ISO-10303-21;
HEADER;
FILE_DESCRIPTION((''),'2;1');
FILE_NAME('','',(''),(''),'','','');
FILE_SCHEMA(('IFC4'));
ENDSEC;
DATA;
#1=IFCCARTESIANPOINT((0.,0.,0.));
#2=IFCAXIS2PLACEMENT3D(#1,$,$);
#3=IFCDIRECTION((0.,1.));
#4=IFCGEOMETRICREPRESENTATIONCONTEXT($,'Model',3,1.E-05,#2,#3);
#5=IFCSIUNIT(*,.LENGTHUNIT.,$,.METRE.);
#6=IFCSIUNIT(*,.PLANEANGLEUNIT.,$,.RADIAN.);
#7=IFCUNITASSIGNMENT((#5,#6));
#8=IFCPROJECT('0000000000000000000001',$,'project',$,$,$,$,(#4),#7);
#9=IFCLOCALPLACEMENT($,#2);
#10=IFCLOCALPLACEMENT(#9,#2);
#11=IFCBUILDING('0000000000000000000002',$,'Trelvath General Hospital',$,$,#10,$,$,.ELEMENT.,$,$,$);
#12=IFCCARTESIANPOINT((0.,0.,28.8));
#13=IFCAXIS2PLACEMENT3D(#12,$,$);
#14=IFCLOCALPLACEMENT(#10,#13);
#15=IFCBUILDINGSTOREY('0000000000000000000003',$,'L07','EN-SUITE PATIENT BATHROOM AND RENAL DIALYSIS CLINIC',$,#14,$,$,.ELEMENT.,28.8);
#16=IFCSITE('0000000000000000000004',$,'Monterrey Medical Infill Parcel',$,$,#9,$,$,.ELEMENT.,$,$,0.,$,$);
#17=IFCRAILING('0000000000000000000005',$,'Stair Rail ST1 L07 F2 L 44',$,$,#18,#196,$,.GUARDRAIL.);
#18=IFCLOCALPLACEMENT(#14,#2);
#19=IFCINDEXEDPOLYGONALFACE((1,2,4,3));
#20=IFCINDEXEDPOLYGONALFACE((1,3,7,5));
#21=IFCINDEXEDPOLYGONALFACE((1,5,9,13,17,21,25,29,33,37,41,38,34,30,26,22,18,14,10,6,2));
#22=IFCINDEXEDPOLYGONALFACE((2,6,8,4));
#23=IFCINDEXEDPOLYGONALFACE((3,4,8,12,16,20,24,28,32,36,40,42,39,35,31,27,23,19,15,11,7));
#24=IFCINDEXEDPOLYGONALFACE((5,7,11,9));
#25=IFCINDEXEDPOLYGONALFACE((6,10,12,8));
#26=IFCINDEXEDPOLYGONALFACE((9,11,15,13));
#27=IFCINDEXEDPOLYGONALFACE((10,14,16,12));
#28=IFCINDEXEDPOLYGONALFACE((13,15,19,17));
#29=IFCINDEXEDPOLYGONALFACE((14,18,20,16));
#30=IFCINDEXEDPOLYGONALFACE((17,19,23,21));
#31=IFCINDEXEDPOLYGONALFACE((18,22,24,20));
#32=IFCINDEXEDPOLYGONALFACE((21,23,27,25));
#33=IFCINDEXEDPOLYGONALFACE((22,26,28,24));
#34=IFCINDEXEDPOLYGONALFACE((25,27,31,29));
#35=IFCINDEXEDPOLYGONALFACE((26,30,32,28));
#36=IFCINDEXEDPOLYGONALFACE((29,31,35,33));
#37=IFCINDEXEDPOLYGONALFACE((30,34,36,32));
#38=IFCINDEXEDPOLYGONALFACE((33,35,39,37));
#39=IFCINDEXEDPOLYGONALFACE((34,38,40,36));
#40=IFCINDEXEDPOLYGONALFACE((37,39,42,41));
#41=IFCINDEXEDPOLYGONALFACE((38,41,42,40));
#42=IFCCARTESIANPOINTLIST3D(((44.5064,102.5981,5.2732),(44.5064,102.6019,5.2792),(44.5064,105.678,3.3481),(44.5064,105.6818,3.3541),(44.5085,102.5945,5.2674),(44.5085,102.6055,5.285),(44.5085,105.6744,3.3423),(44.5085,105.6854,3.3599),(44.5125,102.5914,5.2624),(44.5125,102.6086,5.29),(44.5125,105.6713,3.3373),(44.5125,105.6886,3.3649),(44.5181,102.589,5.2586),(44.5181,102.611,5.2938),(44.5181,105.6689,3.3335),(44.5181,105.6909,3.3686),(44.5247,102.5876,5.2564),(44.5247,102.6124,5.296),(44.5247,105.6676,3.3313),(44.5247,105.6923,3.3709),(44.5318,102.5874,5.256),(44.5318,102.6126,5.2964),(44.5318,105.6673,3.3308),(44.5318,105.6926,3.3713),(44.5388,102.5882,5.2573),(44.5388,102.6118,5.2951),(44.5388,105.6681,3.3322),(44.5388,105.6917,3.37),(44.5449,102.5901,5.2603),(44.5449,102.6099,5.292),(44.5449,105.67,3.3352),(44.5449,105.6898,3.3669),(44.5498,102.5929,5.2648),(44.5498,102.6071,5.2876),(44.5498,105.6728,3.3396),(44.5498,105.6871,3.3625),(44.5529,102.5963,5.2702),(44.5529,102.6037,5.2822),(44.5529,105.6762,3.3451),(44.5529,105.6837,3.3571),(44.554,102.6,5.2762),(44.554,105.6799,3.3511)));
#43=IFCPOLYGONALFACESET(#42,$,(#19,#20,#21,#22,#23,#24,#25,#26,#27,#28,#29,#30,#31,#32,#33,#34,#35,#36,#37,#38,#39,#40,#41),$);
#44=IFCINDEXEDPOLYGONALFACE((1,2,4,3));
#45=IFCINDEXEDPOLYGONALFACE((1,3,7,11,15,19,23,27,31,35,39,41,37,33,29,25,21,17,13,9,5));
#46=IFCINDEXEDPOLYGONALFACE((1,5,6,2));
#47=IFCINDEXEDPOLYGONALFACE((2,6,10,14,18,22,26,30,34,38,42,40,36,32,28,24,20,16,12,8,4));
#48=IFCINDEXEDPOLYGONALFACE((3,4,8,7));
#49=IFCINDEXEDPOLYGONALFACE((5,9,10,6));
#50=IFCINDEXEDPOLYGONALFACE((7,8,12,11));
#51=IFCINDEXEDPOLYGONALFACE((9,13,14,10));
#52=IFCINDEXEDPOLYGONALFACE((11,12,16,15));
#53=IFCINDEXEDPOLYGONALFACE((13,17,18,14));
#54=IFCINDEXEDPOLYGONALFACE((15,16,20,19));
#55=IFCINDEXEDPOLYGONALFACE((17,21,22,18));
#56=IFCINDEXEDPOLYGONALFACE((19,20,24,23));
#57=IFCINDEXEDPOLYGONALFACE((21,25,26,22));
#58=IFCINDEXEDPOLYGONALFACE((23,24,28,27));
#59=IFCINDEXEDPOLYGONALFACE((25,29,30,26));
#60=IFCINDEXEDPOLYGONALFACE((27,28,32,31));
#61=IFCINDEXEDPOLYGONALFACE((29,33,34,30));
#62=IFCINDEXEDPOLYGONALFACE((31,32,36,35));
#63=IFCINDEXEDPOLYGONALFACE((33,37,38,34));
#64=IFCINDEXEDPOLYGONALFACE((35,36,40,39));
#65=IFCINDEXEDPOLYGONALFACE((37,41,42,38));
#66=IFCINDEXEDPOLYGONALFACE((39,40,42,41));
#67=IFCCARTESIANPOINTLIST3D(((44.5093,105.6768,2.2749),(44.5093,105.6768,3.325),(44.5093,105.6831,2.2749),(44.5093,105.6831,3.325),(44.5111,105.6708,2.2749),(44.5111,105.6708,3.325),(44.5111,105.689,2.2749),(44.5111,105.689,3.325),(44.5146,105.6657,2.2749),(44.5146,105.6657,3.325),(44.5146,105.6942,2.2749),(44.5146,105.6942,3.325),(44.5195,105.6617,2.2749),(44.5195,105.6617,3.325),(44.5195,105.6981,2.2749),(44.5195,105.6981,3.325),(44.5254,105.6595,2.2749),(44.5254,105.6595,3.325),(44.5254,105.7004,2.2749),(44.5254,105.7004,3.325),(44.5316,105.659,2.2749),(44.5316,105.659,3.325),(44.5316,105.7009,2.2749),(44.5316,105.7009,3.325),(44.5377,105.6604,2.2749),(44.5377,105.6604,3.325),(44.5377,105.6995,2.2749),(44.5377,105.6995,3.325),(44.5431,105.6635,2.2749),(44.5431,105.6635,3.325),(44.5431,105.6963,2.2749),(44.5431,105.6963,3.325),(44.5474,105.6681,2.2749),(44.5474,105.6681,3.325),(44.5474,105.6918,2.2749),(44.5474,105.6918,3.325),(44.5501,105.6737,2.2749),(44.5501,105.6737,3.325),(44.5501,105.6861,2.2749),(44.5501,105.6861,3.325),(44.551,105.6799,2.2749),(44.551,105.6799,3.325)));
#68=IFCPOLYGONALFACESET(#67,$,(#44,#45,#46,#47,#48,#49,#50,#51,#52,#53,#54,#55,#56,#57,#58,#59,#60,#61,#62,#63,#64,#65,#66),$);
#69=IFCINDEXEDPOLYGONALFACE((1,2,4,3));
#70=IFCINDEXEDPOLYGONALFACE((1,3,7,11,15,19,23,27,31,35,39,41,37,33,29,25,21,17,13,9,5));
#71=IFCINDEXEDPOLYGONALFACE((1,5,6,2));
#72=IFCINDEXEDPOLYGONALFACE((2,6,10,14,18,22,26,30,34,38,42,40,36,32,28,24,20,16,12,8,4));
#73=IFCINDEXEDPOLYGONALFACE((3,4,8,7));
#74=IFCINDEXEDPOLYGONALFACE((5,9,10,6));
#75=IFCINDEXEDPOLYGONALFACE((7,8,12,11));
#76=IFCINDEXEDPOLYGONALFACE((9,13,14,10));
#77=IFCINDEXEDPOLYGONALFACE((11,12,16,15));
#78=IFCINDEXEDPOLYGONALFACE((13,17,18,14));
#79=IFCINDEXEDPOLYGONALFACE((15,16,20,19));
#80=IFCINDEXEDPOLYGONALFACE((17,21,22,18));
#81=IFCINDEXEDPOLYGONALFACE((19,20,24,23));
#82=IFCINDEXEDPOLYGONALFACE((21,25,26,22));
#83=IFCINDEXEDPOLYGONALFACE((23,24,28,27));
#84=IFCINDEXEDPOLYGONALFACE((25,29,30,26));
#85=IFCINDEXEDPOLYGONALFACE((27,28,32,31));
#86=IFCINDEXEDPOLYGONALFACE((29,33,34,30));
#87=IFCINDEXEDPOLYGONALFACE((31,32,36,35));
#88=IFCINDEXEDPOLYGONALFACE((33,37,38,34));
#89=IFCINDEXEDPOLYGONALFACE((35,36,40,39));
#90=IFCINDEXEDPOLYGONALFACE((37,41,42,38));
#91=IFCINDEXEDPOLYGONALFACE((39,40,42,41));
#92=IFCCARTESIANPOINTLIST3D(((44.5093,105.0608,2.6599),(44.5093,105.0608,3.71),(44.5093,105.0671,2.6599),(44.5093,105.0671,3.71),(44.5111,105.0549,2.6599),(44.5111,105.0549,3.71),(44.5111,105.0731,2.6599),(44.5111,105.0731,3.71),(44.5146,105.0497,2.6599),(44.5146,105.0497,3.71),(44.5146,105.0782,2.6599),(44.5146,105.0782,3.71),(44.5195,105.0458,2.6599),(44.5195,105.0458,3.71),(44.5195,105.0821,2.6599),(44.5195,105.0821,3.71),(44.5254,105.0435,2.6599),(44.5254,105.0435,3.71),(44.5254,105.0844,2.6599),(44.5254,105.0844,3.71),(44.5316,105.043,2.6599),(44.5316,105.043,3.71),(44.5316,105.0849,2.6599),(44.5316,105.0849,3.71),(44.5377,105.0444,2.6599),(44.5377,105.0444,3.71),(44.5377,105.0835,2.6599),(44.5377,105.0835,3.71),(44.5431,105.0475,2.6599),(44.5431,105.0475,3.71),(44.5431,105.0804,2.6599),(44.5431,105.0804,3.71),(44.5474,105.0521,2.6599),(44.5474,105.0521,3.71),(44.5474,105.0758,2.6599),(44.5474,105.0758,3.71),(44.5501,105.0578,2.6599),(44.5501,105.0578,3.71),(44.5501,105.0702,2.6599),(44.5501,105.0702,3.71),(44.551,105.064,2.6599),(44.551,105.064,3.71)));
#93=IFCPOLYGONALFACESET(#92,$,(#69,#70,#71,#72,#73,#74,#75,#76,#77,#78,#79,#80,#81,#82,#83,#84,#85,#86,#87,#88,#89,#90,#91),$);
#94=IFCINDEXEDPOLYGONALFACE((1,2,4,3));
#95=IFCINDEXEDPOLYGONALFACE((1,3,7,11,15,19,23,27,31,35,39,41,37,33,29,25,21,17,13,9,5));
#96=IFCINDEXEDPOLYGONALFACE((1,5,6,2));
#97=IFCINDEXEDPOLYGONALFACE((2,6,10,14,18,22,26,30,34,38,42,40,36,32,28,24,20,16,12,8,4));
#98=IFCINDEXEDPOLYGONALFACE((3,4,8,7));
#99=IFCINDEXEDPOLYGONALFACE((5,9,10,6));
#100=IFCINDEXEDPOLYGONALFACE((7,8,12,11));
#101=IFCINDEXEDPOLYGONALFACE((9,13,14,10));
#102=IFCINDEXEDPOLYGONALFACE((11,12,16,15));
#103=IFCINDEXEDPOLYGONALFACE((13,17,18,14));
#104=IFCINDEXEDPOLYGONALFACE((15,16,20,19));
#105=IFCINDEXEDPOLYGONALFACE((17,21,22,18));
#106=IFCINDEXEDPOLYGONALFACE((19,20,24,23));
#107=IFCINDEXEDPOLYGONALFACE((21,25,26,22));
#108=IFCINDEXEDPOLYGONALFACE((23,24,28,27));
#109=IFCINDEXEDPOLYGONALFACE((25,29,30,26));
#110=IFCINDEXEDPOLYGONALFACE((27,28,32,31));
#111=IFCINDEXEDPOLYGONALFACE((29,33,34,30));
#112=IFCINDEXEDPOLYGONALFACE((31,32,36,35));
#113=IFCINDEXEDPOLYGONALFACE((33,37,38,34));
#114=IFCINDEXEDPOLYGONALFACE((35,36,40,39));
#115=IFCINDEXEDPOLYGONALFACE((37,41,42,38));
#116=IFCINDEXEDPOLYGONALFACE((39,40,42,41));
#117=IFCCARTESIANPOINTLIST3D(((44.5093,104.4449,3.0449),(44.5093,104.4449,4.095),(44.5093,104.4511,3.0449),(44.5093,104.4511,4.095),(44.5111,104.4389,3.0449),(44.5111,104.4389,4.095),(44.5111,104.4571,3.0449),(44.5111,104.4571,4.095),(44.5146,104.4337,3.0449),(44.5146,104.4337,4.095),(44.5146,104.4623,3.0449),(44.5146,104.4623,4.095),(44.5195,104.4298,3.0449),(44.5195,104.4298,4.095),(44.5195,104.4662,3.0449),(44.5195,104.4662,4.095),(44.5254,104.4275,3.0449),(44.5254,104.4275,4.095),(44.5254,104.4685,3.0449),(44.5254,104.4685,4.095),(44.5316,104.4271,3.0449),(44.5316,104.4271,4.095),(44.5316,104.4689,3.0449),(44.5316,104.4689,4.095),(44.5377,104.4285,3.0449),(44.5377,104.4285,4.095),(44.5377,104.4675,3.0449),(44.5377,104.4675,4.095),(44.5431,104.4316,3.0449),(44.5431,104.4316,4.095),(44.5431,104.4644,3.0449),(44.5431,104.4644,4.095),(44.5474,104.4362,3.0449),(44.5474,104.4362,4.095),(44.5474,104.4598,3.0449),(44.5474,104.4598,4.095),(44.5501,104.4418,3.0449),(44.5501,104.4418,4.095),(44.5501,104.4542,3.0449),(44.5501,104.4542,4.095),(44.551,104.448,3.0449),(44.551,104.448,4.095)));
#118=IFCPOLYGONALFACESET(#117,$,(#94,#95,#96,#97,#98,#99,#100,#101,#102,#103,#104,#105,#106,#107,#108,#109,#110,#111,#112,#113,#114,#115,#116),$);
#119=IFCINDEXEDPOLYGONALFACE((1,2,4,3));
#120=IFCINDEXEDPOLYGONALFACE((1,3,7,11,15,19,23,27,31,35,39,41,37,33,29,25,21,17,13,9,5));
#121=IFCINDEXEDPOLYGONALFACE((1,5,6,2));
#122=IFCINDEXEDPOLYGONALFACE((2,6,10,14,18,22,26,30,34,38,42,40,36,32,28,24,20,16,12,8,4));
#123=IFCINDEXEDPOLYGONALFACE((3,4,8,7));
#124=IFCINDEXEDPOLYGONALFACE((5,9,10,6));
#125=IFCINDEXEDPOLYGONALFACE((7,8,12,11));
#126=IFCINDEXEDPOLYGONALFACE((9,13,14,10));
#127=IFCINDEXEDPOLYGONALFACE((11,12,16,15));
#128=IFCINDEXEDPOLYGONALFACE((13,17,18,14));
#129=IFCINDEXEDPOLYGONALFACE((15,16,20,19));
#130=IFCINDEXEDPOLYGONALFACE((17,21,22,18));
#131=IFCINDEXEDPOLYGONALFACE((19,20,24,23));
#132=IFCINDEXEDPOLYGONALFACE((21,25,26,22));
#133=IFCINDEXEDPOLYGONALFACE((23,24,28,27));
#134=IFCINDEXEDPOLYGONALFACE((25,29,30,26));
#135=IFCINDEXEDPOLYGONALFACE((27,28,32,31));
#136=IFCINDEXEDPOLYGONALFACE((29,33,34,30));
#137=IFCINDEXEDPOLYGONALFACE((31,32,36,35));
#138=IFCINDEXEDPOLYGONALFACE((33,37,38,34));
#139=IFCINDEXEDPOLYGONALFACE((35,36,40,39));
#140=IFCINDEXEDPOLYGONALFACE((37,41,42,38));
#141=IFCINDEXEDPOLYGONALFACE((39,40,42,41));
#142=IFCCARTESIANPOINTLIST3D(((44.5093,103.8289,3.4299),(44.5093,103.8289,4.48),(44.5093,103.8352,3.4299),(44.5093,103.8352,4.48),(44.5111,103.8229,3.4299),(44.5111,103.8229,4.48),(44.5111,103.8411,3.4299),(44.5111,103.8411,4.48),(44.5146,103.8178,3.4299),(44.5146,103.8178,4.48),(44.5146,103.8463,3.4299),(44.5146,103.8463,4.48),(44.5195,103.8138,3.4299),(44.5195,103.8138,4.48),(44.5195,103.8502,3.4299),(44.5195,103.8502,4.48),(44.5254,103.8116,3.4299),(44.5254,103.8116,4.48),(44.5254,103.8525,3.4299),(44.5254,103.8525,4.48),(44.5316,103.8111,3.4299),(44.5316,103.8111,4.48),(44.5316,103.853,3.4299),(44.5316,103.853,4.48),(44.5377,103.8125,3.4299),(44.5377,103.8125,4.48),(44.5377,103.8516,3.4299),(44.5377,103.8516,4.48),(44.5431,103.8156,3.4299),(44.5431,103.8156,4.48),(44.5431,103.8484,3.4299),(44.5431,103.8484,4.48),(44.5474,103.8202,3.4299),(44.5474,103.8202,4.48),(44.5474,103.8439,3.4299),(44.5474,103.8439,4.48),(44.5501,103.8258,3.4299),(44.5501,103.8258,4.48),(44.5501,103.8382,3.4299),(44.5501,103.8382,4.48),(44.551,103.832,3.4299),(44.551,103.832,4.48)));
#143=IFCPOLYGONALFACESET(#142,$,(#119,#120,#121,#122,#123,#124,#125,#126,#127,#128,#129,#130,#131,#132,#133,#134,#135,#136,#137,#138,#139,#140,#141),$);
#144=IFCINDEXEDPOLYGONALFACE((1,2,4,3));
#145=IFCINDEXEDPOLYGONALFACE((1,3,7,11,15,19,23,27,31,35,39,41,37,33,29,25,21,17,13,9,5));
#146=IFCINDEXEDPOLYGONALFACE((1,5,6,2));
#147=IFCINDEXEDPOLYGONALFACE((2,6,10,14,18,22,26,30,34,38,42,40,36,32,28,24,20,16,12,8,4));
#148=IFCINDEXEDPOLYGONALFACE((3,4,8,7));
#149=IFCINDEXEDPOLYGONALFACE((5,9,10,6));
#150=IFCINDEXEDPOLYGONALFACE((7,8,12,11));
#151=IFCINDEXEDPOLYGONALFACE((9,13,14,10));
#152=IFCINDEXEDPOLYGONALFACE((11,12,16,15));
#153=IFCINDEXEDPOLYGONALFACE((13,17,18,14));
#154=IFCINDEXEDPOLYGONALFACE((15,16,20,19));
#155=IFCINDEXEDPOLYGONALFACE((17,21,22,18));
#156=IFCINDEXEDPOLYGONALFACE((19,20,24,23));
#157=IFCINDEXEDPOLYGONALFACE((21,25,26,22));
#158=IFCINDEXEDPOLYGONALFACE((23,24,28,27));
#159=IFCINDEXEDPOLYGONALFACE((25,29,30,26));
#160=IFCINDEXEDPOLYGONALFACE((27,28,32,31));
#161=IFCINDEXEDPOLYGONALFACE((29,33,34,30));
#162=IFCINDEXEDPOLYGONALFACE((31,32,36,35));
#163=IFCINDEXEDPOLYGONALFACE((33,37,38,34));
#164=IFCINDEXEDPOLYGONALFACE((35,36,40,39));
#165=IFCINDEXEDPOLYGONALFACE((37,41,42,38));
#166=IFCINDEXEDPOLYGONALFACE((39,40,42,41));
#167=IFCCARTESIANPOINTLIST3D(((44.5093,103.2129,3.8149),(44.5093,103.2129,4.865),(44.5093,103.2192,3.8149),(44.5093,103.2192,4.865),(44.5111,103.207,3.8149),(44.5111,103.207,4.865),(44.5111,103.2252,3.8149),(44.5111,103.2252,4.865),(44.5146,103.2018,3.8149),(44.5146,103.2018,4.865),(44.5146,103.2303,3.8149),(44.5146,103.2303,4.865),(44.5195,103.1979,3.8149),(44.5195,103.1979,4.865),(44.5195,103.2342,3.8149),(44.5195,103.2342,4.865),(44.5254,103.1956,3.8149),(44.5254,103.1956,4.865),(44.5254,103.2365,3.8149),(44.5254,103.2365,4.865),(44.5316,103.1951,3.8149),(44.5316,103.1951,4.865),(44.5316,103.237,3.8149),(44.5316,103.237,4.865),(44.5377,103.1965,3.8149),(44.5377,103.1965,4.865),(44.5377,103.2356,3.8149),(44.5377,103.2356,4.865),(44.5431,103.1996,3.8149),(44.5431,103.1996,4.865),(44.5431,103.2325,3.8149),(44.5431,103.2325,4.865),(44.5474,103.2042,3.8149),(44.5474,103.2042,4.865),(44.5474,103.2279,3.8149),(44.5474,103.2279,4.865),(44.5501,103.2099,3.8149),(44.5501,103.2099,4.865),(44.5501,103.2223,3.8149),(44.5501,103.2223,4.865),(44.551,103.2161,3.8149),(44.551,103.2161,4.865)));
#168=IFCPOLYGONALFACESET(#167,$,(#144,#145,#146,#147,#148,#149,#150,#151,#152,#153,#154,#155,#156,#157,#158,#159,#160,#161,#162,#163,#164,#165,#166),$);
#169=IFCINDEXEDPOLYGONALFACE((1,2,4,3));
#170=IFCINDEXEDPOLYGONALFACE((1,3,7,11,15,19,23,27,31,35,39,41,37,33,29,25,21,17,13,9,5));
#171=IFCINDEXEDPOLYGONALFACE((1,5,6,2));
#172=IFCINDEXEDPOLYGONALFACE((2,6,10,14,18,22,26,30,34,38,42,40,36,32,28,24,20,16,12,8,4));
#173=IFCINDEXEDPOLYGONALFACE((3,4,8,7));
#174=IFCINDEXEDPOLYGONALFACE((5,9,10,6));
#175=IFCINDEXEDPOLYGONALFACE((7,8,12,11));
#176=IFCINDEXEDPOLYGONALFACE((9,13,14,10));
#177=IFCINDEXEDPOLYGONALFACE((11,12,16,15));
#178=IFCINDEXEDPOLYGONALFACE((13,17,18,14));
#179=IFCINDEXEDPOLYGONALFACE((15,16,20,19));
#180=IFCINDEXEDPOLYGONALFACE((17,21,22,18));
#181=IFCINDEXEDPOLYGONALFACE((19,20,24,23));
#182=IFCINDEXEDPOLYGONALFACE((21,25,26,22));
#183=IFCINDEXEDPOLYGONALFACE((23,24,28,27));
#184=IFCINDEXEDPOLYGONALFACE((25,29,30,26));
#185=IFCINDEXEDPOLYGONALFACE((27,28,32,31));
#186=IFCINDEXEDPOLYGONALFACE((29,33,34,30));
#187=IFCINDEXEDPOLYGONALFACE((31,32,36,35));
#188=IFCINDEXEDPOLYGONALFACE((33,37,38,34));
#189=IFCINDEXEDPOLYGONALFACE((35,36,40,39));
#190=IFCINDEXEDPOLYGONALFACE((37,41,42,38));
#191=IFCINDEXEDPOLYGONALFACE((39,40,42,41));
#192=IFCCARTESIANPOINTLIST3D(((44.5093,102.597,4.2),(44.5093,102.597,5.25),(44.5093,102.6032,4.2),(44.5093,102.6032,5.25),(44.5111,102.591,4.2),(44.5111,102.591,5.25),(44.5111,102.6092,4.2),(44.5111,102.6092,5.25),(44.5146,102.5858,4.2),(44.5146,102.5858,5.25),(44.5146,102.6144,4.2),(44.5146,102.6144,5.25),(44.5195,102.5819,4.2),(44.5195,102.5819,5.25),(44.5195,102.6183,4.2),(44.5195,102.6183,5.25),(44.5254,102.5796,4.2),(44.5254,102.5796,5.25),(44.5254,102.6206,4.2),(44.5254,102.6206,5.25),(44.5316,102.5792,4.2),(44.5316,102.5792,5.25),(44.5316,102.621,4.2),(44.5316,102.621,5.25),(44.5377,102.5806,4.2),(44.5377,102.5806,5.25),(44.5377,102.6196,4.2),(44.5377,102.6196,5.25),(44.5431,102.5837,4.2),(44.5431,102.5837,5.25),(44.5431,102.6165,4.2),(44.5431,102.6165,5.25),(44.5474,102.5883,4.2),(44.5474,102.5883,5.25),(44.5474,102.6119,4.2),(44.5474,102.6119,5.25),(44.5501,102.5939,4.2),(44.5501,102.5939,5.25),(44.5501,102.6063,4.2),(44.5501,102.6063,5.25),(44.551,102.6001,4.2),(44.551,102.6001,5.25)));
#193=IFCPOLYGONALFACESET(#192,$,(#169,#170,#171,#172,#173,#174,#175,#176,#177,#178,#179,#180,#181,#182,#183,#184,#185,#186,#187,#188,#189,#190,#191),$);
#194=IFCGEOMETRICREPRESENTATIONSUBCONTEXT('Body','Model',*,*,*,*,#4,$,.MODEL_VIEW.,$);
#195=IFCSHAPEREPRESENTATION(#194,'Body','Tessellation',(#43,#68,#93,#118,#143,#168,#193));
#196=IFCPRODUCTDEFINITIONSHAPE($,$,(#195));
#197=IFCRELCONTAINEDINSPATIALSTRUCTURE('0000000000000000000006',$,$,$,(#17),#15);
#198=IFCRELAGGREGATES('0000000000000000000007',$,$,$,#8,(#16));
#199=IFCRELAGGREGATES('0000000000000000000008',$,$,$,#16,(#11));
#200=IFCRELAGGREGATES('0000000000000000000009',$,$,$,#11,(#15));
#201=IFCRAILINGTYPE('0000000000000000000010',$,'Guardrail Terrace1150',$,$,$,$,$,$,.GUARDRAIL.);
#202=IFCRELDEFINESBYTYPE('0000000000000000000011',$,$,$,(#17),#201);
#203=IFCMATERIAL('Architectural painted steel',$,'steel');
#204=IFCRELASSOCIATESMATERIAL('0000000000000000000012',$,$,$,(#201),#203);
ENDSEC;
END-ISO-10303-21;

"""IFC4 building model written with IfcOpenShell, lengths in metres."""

from ifc_helpers import new_model, si_unit, direction, frame, origin, origin_2d, place, context, subcontext, project, spatial, circle, extrude, material, type_object, element, save


model = new_model("IFC4")

# Units and contexts
model_context = context("Model", 3, precision=1e-05, world=origin(), true_north=direction((0.0, 1.0)))
body_context = subcontext(model_context, "Body", "Model", "MODEL_VIEW")
ifc_project = project(units=[si_unit("LENGTHUNIT", "METRE"), si_unit("PLANEANGLEUNIT", "RADIAN")], contexts=[model_context])

# Site, building, storey
site_placement = place(None, origin())
site = spatial("IfcSite", under=ifc_project, at=site_placement, Name="Monterrey Medical Infill Parcel", CompositionType="ELEMENT", RefElevation=0.0)
building_placement = place(site_placement, origin())
building = spatial("IfcBuilding", under=site, at=building_placement, Name="Trelvath General Hospital", CompositionType="ELEMENT")
storey_placement = place(building_placement, frame((0.0, 0.0, 28.8)))
storey = spatial("IfcBuildingStorey", under=building, at=storey_placement, Name="L07", Description="EN-SUITE PATIENT BATHROOM AND RENAL DIALYSIS CLINIC", CompositionType="ELEMENT", Elevation=28.8)

# Railing
ifc_material_1 = material(Name="Architectural painted steel", Category="steel")
railing_type_1 = type_object("IfcRailingType", Name="Guardrail Terrace1150", PredefinedType="GUARDRAIL", material=ifc_material_1)
railing_1_placement = place(storey_placement, frame((44.53, 105.6799, 2.2749)))
element("IfcRailing", 1, at=railing_1_placement, inside=storey, type_object=railing_type_1, Name="Stair Rail ST1 L07 F2 L 44", PredefinedType="GUARDRAIL", context=body_context, shape_type="SweptSolid", body=[
    extrude(circle(Radius=0.0239, at=origin_2d()), frame((0.0, 0.0, 1.0762), z_axis=(0.0, -0.847979, 0.530029), x_axis=(1.0, 0.0, 0.0)), (0.0, 0.0, 1.0), 3.6321),
    extrude(circle(Radius=0.021, at=origin_2d()), origin(), (0.0, 0.0, 1.0), 1.05),
    extrude(circle(Radius=0.021, at=origin_2d()), frame((0.0, -0.616, 0.385)), (0.0, 0.0, 1.0), 1.05),
    extrude(circle(Radius=0.021, at=origin_2d()), frame((0.0, -1.2319, 0.77)), (0.0, 0.0, 1.0), 1.05),
    extrude(circle(Radius=0.021, at=origin_2d()), frame((0.0, -1.8479, 1.155)), (0.0, 0.0, 1.0), 1.05),
    extrude(circle(Radius=0.021, at=origin_2d()), frame((0.0, -2.4639, 1.54)), (0.0, 0.0, 1.0), 1.05),
    extrude(circle(Radius=0.021, at=origin_2d()), frame((0.0, -3.0798, 1.925)), (0.0, 0.0, 1.0), 1.05),
])

save(model, "model.ifc")
